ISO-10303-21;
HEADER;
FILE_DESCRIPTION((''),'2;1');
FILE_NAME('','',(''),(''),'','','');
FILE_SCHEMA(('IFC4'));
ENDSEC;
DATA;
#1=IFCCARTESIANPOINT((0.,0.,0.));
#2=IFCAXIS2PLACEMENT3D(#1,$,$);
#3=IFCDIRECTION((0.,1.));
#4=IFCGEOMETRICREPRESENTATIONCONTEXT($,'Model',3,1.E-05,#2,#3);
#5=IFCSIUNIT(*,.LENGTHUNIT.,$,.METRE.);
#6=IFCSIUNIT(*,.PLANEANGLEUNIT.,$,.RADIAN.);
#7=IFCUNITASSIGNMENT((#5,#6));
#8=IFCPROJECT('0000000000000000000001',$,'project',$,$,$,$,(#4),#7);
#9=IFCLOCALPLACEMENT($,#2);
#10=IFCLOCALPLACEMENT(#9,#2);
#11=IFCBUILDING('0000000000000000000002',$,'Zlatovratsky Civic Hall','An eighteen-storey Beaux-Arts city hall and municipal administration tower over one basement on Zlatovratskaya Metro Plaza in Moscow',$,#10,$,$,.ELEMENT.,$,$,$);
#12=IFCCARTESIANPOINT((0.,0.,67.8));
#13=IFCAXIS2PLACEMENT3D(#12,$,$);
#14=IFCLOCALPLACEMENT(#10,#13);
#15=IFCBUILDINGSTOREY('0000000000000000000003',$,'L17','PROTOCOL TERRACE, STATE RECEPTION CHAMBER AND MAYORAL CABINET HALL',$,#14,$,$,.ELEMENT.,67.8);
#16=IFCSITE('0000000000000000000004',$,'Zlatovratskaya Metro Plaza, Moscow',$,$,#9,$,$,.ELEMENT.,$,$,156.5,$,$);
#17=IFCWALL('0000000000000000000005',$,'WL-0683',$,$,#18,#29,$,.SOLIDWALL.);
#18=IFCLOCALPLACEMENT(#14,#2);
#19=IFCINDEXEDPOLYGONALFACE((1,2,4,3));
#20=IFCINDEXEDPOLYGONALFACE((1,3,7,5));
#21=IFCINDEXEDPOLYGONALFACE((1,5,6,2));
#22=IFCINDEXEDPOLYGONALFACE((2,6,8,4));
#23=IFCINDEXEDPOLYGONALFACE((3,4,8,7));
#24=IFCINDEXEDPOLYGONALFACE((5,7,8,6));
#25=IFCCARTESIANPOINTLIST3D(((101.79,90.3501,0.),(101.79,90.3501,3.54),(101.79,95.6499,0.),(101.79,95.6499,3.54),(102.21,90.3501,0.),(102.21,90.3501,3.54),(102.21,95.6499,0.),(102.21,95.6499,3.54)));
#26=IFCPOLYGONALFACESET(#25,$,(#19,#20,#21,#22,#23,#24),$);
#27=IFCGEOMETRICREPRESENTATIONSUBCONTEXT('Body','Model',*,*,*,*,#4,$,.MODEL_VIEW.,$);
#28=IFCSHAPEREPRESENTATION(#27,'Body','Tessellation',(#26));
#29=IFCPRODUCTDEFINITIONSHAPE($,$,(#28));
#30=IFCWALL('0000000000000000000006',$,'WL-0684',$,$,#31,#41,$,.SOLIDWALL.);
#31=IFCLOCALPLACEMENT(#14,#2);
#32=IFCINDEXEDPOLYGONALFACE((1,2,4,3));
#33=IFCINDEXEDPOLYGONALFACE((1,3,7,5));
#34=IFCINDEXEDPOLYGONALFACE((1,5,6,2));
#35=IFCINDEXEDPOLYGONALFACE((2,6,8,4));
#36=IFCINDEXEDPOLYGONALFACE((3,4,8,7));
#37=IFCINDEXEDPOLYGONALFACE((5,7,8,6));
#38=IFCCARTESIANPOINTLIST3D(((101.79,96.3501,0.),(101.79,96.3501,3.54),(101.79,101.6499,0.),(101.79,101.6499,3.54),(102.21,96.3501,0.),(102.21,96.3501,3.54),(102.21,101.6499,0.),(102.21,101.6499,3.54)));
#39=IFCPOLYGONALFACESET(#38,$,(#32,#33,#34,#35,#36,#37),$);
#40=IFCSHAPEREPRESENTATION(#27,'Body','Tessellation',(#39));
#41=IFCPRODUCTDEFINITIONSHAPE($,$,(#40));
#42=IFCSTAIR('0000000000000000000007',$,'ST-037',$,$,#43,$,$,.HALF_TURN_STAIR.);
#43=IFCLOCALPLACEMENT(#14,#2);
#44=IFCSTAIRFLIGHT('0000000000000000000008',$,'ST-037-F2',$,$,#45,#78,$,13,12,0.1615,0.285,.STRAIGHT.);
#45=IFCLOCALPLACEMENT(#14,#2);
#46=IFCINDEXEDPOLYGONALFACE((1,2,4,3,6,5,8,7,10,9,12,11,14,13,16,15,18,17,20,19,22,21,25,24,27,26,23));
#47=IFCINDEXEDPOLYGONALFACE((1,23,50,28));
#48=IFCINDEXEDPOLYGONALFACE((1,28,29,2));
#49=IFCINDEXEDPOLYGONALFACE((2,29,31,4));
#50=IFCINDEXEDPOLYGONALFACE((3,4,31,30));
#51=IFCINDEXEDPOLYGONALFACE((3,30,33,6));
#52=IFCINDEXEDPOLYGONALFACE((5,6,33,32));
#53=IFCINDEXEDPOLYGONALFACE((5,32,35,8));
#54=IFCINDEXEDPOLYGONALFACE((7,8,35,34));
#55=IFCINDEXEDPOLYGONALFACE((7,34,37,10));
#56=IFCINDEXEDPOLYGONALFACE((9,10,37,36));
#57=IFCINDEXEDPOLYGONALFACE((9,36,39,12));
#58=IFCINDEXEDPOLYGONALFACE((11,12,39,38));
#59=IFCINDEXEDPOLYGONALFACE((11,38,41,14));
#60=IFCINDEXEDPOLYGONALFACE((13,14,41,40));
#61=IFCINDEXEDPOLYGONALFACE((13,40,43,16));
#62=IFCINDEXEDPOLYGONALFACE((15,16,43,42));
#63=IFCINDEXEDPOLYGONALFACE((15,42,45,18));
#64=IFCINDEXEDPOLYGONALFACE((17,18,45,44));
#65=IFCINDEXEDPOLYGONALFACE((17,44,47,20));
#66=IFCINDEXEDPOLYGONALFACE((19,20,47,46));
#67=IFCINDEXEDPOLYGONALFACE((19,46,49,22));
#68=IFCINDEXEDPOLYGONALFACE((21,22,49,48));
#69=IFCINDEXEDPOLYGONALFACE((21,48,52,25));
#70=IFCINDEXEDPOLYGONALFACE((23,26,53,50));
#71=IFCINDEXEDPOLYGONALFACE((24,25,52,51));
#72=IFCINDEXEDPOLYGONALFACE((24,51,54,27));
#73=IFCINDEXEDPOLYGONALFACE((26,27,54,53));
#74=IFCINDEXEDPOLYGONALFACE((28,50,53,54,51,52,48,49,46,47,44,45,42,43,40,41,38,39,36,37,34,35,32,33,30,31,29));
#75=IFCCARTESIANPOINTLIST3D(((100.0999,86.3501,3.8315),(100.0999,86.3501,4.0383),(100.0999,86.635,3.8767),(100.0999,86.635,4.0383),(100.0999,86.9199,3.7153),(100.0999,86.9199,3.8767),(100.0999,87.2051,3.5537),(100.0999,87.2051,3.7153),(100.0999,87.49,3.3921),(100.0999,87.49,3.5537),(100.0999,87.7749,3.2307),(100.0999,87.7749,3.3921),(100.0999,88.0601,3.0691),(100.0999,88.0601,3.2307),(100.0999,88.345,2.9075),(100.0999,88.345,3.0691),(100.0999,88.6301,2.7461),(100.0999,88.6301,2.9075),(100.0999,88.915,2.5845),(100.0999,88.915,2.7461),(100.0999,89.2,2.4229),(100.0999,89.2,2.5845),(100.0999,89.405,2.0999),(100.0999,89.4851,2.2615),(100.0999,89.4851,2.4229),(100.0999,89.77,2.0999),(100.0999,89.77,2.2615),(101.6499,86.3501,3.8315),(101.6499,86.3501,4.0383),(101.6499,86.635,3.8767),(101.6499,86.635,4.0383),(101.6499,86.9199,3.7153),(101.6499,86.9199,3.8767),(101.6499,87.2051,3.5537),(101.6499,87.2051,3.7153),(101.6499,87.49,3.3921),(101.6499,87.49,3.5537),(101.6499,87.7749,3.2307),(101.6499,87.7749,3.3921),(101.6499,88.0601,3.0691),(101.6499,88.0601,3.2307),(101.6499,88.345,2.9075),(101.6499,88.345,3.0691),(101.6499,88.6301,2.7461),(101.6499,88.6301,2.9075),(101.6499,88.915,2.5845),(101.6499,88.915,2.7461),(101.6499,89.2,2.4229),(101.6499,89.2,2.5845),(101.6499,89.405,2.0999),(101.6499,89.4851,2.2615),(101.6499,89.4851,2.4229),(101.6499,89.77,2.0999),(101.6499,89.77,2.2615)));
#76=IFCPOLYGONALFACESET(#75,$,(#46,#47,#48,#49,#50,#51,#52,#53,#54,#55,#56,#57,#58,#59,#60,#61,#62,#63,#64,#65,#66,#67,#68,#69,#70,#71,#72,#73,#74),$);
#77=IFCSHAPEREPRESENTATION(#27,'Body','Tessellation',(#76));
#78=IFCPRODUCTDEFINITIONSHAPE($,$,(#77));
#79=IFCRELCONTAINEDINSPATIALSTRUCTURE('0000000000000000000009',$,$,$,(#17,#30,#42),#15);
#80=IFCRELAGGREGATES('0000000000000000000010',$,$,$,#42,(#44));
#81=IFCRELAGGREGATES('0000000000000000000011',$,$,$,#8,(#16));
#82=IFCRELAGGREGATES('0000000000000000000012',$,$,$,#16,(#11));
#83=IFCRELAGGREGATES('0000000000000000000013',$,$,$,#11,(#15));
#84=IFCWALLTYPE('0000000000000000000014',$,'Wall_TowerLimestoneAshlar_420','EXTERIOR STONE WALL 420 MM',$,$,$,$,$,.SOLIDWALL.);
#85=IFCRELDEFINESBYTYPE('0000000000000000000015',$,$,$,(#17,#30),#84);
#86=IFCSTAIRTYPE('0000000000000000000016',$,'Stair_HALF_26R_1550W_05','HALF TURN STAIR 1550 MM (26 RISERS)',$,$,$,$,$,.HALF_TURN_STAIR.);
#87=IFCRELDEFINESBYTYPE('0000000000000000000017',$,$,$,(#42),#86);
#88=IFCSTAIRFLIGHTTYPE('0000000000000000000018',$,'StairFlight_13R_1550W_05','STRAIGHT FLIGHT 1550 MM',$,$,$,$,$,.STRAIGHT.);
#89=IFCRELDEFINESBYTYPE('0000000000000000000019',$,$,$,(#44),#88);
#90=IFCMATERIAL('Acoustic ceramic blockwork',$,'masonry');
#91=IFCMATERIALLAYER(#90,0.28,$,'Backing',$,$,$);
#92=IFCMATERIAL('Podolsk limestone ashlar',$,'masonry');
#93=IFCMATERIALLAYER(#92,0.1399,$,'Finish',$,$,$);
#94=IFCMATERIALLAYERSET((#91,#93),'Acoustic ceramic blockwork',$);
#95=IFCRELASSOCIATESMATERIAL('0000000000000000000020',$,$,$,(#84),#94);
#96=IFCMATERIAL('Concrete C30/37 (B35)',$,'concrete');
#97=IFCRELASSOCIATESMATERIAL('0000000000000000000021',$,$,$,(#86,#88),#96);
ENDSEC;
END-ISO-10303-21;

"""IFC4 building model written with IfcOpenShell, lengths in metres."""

from ifc_helpers import new_model, si_unit, direction, frame, frame_2d, origin, place, context, subcontext, project, spatial, polyline, rectangle, outline, extrude, material, layer, layer_set, type_object, element, aggregate, save


model = new_model("IFC4")

# Units and contexts
model_context = context("Model", 3, precision=1e-05, world=origin(), true_north=direction((0.0, 1.0)))
body_context = subcontext(model_context, "Body", "Model", "MODEL_VIEW")
ifc_project = project(units=[si_unit("LENGTHUNIT", "METRE"), si_unit("PLANEANGLEUNIT", "RADIAN")], contexts=[model_context])

# Site, building, storey
site_placement = place(None, origin())
site = spatial("IfcSite", under=ifc_project, at=site_placement, Name="Zlatovratskaya Metro Plaza, Moscow", CompositionType="ELEMENT", RefElevation=156.5)
building_placement = place(site_placement, origin())
building = spatial("IfcBuilding", under=site, at=building_placement, Name="Zlatovratsky Civic Hall", Description="An eighteen-storey Beaux-Arts city hall and municipal administration tower over one basement on Zlatovratskaya Metro Plaza in Moscow", CompositionType="ELEMENT")
storey_placement = place(building_placement, frame((0.0, 0.0, 67.8)))
storey = spatial("IfcBuildingStorey", under=building, at=storey_placement, Name="L17", Description="PROTOCOL TERRACE, STATE RECEPTION CHAMBER AND MAYORAL CABINET HALL", CompositionType="ELEMENT", Elevation=67.8)

# Walls
ifc_material_1 = material(Name="Acoustic ceramic blockwork", Category="masonry")
ifc_layer_1 = layer(ifc_material_1, 0.28, Name="Backing")
ifc_material_2 = material(Name="Podolsk limestone ashlar", Category="masonry")
ifc_layer_2 = layer(ifc_material_2, 0.1399, Name="Finish")
ifc_layer_set_1 = layer_set([ifc_layer_1, ifc_layer_2], Name="Acoustic ceramic blockwork")
wall_type_1 = type_object("IfcWallType", Name="Wall_TowerLimestoneAshlar_420", Description="EXTERIOR STONE WALL 420 MM", PredefinedType="SOLIDWALL", material=ifc_layer_set_1)
for number, where, z_axis, x_axis, name in (
    (1, (102.0, 90.3501, 0.0), (0.0, 0.0, 1.0), (0.0, 1.0, 0.0), "WL-0683"),
    (2, (102.0, 96.3501, 0.0), (0.0, 0.0, 1.0), (0.0, 1.0, 0.0), "WL-0684"),
):
    element("IfcWall", number, at=place(storey_placement, frame(where, z_axis=z_axis, x_axis=x_axis)), inside=storey, type_object=wall_type_1, Name=name, PredefinedType="SOLIDWALL", context=body_context, shape_type="SweptSolid", body=[
        extrude(rectangle(XDim=5.2998, YDim=0.4199, at=frame_2d((2.6499, 0.0))), origin(), (0.0, 0.0, 1.0), 3.54),
    ])

# Stair, stair flight
ifc_material_3 = material(Name="Concrete C30/37 (B35)", Category="concrete")
stair_type = type_object("IfcStairType", Name="Stair_HALF_26R_1550W_05", Description="HALF TURN STAIR 1550 MM (26 RISERS)", PredefinedType="HALF_TURN_STAIR", material=ifc_material_3)
stair_placement = place(storey_placement, origin())
stair = element("IfcStair", 3, at=stair_placement, inside=storey, type_object=stair_type, Name="ST-037", PredefinedType="HALF_TURN_STAIR")
stair_flight_type = type_object("IfcStairFlightType", Name="StairFlight_13R_1550W_05", Description="STRAIGHT FLIGHT 1550 MM", PredefinedType="STRAIGHT", material=ifc_material_3)
stair_flight_placement = place(storey_placement, frame((100.875, 89.77, 2.0999), z_axis=(0.0, 0.0, 1.0), x_axis=(0.0, -1.0, 0.0)))
stair_flight = element("IfcStairFlight", 4, at=stair_flight_placement, type_object=stair_flight_type, Name="ST-037-F2", NumberOfRisers=13, NumberOfTreads=12, PredefinedType="STRAIGHT", RiserHeight=0.1615, TreadLength=0.285, context=body_context, shape_type="SweptSolid", body=[
    extrude(outline(polyline([(0.0, 0.0), (0.0, 0.1616), (0.2849, 0.1616), (0.2849, 0.323), (0.5701, 0.323), (0.5701, 0.4846), (0.855, 0.4846), (0.855, 0.6462), (1.1399, 0.6462), (1.1399, 0.8076), (1.425, 0.8076), (1.425, 0.9692), (1.71, 0.9692), (1.71, 1.1309), (1.9951, 1.1309), (1.9951, 1.2922), (2.28, 1.2922), (2.28, 1.4539), (2.5649, 1.4539), (2.5649, 1.6155), (2.8501, 1.6155), (2.8501, 1.7769), (3.135, 1.7769), (3.135, 1.9385), (3.4199, 1.9385), (3.4199, 2.1001), (3.4199, 1.7317), (0.365, 0.0), (0.0, 0.0)])), frame((0.0, 0.7749, 0.0), z_axis=(0.0, -1.0, 0.0), x_axis=(1.0, 0.0, 0.0)), (0.0, 0.0, 1.0), 1.55),
])
aggregate(stair, [stair_flight])

save(model, "model.ifc")
